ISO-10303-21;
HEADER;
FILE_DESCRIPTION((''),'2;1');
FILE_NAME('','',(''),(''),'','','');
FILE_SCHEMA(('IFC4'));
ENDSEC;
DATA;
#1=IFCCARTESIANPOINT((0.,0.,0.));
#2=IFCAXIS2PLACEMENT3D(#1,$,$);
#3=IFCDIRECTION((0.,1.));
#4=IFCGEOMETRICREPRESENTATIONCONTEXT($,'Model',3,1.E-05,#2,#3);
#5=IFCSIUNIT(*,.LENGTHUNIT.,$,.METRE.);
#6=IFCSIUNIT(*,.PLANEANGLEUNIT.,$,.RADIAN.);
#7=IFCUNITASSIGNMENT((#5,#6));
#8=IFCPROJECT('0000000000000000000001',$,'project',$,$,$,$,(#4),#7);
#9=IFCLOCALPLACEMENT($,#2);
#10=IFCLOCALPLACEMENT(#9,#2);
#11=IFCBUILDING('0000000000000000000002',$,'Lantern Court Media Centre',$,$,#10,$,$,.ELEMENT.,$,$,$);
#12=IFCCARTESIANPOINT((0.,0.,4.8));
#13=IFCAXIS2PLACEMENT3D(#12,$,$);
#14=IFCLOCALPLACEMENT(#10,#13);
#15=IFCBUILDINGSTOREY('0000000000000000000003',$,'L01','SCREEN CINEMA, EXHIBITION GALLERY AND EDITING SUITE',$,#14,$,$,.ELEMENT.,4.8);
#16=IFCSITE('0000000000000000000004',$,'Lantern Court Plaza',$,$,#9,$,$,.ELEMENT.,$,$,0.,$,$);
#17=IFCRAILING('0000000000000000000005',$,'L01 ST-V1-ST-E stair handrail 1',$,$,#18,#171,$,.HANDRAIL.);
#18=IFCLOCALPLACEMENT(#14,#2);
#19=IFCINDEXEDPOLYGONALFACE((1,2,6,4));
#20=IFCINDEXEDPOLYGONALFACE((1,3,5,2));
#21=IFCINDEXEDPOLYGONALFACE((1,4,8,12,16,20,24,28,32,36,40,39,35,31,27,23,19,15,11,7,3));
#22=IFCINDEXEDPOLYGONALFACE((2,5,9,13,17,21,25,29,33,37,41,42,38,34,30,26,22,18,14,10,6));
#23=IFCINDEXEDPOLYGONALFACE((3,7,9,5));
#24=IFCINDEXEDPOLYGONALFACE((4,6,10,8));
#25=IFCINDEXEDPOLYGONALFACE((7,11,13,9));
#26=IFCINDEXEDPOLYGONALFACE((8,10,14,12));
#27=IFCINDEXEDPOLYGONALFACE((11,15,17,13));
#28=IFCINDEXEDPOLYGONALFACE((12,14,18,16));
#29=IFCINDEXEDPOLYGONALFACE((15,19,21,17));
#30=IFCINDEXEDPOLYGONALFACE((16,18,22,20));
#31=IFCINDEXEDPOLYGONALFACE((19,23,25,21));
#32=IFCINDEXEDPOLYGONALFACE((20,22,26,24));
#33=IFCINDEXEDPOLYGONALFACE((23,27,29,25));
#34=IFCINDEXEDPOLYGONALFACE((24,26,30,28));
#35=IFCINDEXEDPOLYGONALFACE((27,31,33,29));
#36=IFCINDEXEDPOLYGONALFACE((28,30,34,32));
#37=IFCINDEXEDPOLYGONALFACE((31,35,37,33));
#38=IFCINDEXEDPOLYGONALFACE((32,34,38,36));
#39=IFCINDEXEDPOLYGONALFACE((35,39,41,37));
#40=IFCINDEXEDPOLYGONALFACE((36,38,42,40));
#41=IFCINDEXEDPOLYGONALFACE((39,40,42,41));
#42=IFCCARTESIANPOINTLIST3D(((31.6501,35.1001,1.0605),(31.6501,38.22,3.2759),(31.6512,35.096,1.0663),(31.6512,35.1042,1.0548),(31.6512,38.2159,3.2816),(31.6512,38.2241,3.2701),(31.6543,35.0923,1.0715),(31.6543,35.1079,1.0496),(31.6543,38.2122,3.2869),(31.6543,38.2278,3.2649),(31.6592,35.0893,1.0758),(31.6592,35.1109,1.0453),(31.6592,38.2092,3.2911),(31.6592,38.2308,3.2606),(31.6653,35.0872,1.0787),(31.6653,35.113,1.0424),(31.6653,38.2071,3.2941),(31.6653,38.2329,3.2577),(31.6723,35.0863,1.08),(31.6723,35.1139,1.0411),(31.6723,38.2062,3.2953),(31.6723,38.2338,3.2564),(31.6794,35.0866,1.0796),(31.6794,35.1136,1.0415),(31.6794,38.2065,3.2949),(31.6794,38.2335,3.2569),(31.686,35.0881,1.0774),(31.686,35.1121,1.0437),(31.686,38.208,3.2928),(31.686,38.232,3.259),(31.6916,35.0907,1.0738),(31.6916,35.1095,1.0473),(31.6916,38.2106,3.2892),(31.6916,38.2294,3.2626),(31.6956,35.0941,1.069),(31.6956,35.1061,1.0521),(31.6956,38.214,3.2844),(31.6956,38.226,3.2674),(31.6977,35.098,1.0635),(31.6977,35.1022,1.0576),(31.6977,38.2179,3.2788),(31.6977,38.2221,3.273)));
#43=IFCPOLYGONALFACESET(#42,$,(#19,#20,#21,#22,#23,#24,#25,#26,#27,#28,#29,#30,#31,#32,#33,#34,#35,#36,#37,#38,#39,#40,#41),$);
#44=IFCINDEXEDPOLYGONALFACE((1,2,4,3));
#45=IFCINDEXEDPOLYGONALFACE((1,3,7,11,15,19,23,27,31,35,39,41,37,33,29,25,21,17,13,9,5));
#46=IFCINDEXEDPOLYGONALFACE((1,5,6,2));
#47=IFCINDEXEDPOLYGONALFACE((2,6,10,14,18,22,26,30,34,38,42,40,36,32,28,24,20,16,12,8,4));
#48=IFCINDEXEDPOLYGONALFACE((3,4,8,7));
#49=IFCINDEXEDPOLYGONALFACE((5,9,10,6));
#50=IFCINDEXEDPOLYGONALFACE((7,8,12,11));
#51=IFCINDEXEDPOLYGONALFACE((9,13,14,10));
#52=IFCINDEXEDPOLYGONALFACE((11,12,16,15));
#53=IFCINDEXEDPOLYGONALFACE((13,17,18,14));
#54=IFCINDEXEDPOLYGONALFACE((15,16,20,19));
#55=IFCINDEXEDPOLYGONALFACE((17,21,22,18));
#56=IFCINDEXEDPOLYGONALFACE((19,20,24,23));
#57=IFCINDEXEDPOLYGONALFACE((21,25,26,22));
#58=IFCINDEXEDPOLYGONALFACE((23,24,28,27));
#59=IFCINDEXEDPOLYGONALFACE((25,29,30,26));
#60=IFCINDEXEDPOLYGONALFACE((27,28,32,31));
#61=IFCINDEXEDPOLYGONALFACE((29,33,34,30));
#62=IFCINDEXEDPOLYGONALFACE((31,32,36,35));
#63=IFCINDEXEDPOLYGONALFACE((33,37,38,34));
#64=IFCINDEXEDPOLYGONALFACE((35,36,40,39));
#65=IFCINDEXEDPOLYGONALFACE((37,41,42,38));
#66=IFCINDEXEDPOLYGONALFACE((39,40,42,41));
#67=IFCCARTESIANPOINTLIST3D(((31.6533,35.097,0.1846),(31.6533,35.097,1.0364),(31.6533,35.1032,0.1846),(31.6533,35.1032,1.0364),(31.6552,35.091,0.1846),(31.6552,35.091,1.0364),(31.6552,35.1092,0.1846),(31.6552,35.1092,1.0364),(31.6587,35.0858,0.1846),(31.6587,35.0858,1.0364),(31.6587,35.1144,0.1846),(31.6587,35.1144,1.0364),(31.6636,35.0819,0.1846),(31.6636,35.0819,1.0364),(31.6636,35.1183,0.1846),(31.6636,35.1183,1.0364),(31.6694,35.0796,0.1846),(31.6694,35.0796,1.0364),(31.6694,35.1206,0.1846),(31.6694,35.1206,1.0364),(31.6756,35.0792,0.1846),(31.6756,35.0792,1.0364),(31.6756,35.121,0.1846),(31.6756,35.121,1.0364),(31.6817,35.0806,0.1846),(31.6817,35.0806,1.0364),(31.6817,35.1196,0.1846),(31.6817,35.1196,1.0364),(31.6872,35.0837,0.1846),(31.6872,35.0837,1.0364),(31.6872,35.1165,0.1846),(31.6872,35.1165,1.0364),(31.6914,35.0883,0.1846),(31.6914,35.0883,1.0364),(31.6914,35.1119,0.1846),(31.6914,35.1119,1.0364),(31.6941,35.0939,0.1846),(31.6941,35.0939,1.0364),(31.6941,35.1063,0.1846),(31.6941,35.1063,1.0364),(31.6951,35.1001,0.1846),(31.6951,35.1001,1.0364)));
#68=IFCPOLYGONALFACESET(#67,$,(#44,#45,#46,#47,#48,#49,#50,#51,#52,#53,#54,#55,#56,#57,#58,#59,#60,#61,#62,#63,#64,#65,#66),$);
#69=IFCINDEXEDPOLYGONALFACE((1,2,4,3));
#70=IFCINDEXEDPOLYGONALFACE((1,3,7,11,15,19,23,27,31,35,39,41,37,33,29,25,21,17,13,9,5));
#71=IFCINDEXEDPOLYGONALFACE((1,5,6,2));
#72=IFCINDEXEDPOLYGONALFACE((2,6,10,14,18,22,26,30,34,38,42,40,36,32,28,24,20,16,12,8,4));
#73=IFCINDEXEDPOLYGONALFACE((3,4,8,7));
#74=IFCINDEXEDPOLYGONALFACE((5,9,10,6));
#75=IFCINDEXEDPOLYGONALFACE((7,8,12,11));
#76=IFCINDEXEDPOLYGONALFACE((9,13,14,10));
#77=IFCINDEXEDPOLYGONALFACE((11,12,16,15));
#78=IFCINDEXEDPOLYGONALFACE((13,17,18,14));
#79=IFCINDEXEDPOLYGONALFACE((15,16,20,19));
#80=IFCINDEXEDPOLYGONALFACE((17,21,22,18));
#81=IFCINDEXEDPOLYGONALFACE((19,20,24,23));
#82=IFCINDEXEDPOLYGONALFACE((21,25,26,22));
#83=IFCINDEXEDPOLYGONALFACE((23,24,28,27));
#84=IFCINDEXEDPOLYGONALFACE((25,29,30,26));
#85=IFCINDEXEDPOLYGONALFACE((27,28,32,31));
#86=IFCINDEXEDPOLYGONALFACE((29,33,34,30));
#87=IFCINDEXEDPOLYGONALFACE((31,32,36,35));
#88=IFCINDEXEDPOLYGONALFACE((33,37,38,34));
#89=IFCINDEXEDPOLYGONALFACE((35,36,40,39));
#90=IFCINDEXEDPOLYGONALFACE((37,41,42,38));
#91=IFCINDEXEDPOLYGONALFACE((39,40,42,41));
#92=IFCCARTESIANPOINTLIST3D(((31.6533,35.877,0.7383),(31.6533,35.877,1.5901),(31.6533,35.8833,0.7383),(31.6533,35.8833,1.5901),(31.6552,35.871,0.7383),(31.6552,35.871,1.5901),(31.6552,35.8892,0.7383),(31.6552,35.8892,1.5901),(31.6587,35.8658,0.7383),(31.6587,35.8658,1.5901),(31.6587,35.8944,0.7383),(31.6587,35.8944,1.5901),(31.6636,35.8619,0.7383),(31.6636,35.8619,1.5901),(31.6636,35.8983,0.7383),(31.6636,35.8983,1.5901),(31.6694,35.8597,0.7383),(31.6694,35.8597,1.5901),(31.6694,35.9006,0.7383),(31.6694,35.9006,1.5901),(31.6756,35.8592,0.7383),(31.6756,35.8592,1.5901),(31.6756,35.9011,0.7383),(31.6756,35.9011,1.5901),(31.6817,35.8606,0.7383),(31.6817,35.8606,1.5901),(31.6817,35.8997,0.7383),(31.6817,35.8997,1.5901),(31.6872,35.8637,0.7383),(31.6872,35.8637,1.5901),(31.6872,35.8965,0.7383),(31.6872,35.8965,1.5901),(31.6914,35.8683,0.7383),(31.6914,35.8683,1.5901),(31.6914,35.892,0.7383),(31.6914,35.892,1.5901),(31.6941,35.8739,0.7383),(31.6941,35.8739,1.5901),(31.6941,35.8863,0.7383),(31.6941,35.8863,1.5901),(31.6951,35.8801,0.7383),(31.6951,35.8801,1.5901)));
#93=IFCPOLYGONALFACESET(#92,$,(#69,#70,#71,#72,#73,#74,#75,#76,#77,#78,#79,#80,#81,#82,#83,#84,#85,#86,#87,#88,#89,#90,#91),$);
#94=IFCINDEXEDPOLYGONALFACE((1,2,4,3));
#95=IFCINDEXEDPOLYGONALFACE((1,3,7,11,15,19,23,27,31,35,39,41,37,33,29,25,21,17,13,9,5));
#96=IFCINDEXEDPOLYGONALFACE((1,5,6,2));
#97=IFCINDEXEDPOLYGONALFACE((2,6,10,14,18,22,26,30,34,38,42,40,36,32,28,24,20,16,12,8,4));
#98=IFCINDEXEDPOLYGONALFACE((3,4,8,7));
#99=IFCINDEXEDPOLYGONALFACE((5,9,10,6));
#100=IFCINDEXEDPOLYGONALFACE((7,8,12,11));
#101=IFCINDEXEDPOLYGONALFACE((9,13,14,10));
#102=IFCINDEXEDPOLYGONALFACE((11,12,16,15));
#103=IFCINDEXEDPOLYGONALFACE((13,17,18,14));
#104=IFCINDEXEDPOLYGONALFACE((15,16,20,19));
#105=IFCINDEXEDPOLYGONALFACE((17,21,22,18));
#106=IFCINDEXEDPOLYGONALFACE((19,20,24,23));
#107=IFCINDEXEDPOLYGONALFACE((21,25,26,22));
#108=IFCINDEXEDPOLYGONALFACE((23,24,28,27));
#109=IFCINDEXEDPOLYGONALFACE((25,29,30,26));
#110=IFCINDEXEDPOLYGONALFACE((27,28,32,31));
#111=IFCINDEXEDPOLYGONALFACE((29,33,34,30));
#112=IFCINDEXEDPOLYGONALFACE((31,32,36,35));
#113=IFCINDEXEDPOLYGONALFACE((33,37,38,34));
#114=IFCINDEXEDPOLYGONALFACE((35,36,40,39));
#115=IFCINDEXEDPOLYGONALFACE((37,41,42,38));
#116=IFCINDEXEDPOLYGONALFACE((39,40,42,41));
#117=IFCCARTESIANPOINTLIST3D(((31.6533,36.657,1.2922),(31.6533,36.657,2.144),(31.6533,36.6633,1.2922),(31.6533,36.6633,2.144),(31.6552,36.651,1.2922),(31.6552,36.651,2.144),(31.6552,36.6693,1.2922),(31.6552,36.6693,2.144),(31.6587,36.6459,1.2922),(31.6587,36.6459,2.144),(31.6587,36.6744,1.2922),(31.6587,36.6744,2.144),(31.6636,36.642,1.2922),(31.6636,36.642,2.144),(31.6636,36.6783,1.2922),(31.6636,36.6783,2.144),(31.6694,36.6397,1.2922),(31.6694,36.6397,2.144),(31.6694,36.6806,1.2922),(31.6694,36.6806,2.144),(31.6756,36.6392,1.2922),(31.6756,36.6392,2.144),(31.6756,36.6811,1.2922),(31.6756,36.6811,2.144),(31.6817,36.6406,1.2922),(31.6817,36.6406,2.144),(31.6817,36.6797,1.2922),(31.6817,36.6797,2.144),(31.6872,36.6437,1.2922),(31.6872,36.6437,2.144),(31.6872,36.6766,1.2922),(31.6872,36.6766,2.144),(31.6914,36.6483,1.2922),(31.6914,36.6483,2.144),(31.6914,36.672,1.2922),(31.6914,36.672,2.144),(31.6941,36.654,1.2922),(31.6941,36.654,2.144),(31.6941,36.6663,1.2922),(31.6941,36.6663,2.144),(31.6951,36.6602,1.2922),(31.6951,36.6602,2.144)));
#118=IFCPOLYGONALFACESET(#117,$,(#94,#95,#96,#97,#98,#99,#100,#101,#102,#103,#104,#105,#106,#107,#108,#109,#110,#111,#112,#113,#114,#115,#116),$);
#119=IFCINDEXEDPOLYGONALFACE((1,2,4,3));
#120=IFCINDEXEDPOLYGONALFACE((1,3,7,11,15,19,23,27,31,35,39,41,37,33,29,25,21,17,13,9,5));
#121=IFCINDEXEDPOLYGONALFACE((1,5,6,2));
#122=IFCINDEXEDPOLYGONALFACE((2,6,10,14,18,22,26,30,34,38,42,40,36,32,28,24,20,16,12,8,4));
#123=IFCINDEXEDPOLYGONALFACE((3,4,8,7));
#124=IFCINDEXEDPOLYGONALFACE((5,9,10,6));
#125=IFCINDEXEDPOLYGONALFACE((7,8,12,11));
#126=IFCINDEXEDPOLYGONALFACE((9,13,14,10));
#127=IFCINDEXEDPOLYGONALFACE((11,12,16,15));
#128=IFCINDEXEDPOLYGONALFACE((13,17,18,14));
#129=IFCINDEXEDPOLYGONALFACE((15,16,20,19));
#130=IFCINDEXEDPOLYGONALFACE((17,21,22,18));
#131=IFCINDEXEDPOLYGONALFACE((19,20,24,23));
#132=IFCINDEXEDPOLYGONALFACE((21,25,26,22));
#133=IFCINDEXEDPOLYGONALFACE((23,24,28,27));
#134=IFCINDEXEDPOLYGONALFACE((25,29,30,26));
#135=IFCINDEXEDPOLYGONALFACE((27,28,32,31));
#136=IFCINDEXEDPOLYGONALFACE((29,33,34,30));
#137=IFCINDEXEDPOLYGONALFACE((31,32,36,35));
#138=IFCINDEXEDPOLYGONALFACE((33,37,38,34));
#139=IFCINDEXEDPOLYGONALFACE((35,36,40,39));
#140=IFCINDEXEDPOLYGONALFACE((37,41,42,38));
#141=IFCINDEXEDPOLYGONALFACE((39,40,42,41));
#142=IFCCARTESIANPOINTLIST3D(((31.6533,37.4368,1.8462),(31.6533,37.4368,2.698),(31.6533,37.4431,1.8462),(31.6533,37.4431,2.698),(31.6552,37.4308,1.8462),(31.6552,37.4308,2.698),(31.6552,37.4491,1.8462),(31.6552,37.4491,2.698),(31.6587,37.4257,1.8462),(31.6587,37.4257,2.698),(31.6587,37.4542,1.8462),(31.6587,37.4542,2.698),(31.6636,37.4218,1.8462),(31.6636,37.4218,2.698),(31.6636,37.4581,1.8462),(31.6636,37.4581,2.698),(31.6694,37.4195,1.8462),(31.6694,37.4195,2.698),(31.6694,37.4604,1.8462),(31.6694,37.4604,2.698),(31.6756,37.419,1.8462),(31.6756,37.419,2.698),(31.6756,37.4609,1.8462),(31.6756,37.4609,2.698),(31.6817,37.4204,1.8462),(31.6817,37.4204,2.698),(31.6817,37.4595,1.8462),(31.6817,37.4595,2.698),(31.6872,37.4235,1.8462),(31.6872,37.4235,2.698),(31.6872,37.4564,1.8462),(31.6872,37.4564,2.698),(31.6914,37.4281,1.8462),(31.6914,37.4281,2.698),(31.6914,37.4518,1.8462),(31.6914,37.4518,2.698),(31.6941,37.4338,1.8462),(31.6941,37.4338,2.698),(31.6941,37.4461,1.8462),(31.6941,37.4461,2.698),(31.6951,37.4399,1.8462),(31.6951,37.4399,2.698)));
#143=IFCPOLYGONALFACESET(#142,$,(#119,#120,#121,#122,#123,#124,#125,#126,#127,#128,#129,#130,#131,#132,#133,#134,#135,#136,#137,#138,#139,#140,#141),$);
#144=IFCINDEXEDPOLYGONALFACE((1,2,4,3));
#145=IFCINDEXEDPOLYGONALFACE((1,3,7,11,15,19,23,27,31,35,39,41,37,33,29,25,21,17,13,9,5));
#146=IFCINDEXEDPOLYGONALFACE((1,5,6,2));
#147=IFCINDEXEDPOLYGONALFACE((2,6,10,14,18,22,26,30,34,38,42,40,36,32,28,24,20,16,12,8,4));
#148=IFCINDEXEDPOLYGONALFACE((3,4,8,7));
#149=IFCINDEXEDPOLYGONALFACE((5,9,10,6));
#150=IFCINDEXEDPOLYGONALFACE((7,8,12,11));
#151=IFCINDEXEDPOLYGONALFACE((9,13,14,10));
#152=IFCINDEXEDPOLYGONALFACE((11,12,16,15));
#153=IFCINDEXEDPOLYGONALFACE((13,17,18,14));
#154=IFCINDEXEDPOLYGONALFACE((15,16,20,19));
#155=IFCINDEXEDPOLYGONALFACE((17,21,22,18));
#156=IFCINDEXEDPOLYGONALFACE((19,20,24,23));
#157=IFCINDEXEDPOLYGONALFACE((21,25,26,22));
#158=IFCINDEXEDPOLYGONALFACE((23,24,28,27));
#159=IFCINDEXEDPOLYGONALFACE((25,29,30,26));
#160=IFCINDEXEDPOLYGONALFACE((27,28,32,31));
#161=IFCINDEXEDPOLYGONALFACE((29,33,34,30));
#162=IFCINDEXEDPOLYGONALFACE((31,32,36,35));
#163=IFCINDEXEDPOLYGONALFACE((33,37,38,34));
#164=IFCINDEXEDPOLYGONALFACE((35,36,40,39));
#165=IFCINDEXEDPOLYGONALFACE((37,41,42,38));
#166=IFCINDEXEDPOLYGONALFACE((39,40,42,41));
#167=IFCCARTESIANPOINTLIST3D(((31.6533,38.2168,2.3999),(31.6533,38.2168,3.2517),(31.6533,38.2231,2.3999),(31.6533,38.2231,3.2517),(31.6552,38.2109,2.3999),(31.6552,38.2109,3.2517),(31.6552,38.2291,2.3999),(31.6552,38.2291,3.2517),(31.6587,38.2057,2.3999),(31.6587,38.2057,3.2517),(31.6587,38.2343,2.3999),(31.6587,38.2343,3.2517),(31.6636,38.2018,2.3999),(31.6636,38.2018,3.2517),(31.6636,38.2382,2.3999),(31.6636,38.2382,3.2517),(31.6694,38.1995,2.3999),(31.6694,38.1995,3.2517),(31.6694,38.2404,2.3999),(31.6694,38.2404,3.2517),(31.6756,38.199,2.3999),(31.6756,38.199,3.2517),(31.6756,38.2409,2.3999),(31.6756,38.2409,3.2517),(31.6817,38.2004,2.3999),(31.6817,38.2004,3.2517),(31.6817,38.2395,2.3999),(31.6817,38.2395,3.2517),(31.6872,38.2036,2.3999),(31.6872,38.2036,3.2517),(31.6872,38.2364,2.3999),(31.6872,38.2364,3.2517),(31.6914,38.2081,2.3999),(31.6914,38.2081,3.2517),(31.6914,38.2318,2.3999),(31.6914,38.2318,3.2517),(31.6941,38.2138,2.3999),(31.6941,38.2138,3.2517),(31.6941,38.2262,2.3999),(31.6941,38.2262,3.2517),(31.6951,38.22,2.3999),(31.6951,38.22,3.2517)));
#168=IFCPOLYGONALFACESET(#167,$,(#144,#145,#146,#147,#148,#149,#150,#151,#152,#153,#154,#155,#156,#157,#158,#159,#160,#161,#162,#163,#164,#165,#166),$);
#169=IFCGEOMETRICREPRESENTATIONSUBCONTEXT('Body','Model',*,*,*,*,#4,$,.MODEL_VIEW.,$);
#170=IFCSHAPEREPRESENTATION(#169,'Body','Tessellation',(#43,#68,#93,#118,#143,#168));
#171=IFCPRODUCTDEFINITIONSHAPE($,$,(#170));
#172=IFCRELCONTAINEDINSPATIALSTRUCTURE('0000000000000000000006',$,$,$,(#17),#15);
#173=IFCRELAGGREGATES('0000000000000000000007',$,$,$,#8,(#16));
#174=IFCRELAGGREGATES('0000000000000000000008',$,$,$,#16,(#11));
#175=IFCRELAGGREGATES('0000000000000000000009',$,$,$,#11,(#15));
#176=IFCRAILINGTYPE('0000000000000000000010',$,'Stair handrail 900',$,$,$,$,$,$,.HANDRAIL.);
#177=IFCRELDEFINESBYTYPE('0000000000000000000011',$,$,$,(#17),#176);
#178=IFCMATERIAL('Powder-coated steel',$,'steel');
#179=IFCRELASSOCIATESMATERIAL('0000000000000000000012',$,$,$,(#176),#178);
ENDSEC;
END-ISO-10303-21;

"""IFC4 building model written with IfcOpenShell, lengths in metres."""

from ifc_helpers import new_model, si_unit, direction, frame, origin, origin_2d, place, context, subcontext, project, spatial, circle, extrude, material, type_object, element, save


model = new_model("IFC4")

# Units and contexts
model_context = context("Model", 3, precision=1e-05, world=origin(), true_north=direction((0.0, 1.0)))
body_context = subcontext(model_context, "Body", "Model", "MODEL_VIEW")
ifc_project = project(units=[si_unit("LENGTHUNIT", "METRE"), si_unit("PLANEANGLEUNIT", "RADIAN")], contexts=[model_context])

# Site, building, storey
site_placement = place(None, origin())
site = spatial("IfcSite", under=ifc_project, at=site_placement, Name="Lantern Court Plaza", CompositionType="ELEMENT", RefElevation=0.0)
building_placement = place(site_placement, origin())
building = spatial("IfcBuilding", under=site, at=building_placement, Name="Lantern Court Media Centre", CompositionType="ELEMENT")
storey_placement = place(building_placement, frame((0.0, 0.0, 4.8)))
storey = spatial("IfcBuildingStorey", under=building, at=storey_placement, Name="L01", Description="SCREEN CINEMA, EXHIBITION GALLERY AND EDITING SUITE", CompositionType="ELEMENT", Elevation=4.8)

# Railing
ifc_material_1 = material(Name="Powder-coated steel", Category="steel")
railing_type_1 = type_object("IfcRailingType", Name="Stair handrail 900", PredefinedType="HANDRAIL", material=ifc_material_1)
for number, where, name in (
    (1, (31.6741, 35.1001, 0.1846), "L01 ST-V1-ST-E stair handrail 1"),
):
    element("IfcRailing", number, at=place(storey_placement, frame(where)), inside=storey, type_object=railing_type_1, Name=name, PredefinedType="HANDRAIL", context=body_context, shape_type="SweptSolid", body=[
        extrude(circle(Radius=0.0239, at=origin_2d()), frame((0.0, 0.0, 0.876), z_axis=(0.0, 0.815356, 0.578961), x_axis=(-1.0, 0.0, 0.0)), (0.0, 0.0, 1.0), 3.8264),
        extrude(circle(Radius=0.021, at=origin_2d()), origin(), (0.0, 0.0, 1.0), 0.8518),
        extrude(circle(Radius=0.021, at=origin_2d()), frame((0.0, 0.78, 0.5537)), (0.0, 0.0, 1.0), 0.8518),
        extrude(circle(Radius=0.021, at=origin_2d()), frame((0.0, 1.5601, 1.1077)), (0.0, 0.0, 1.0), 0.8518),
        extrude(circle(Radius=0.021, at=origin_2d()), frame((0.0, 2.3398, 1.6616)), (0.0, 0.0, 1.0), 0.8518),
        extrude(circle(Radius=0.021, at=origin_2d()), frame((0.0, 3.1199, 2.2153)), (0.0, 0.0, 1.0), 0.8518),
    ])

save(model, "model.ifc")
